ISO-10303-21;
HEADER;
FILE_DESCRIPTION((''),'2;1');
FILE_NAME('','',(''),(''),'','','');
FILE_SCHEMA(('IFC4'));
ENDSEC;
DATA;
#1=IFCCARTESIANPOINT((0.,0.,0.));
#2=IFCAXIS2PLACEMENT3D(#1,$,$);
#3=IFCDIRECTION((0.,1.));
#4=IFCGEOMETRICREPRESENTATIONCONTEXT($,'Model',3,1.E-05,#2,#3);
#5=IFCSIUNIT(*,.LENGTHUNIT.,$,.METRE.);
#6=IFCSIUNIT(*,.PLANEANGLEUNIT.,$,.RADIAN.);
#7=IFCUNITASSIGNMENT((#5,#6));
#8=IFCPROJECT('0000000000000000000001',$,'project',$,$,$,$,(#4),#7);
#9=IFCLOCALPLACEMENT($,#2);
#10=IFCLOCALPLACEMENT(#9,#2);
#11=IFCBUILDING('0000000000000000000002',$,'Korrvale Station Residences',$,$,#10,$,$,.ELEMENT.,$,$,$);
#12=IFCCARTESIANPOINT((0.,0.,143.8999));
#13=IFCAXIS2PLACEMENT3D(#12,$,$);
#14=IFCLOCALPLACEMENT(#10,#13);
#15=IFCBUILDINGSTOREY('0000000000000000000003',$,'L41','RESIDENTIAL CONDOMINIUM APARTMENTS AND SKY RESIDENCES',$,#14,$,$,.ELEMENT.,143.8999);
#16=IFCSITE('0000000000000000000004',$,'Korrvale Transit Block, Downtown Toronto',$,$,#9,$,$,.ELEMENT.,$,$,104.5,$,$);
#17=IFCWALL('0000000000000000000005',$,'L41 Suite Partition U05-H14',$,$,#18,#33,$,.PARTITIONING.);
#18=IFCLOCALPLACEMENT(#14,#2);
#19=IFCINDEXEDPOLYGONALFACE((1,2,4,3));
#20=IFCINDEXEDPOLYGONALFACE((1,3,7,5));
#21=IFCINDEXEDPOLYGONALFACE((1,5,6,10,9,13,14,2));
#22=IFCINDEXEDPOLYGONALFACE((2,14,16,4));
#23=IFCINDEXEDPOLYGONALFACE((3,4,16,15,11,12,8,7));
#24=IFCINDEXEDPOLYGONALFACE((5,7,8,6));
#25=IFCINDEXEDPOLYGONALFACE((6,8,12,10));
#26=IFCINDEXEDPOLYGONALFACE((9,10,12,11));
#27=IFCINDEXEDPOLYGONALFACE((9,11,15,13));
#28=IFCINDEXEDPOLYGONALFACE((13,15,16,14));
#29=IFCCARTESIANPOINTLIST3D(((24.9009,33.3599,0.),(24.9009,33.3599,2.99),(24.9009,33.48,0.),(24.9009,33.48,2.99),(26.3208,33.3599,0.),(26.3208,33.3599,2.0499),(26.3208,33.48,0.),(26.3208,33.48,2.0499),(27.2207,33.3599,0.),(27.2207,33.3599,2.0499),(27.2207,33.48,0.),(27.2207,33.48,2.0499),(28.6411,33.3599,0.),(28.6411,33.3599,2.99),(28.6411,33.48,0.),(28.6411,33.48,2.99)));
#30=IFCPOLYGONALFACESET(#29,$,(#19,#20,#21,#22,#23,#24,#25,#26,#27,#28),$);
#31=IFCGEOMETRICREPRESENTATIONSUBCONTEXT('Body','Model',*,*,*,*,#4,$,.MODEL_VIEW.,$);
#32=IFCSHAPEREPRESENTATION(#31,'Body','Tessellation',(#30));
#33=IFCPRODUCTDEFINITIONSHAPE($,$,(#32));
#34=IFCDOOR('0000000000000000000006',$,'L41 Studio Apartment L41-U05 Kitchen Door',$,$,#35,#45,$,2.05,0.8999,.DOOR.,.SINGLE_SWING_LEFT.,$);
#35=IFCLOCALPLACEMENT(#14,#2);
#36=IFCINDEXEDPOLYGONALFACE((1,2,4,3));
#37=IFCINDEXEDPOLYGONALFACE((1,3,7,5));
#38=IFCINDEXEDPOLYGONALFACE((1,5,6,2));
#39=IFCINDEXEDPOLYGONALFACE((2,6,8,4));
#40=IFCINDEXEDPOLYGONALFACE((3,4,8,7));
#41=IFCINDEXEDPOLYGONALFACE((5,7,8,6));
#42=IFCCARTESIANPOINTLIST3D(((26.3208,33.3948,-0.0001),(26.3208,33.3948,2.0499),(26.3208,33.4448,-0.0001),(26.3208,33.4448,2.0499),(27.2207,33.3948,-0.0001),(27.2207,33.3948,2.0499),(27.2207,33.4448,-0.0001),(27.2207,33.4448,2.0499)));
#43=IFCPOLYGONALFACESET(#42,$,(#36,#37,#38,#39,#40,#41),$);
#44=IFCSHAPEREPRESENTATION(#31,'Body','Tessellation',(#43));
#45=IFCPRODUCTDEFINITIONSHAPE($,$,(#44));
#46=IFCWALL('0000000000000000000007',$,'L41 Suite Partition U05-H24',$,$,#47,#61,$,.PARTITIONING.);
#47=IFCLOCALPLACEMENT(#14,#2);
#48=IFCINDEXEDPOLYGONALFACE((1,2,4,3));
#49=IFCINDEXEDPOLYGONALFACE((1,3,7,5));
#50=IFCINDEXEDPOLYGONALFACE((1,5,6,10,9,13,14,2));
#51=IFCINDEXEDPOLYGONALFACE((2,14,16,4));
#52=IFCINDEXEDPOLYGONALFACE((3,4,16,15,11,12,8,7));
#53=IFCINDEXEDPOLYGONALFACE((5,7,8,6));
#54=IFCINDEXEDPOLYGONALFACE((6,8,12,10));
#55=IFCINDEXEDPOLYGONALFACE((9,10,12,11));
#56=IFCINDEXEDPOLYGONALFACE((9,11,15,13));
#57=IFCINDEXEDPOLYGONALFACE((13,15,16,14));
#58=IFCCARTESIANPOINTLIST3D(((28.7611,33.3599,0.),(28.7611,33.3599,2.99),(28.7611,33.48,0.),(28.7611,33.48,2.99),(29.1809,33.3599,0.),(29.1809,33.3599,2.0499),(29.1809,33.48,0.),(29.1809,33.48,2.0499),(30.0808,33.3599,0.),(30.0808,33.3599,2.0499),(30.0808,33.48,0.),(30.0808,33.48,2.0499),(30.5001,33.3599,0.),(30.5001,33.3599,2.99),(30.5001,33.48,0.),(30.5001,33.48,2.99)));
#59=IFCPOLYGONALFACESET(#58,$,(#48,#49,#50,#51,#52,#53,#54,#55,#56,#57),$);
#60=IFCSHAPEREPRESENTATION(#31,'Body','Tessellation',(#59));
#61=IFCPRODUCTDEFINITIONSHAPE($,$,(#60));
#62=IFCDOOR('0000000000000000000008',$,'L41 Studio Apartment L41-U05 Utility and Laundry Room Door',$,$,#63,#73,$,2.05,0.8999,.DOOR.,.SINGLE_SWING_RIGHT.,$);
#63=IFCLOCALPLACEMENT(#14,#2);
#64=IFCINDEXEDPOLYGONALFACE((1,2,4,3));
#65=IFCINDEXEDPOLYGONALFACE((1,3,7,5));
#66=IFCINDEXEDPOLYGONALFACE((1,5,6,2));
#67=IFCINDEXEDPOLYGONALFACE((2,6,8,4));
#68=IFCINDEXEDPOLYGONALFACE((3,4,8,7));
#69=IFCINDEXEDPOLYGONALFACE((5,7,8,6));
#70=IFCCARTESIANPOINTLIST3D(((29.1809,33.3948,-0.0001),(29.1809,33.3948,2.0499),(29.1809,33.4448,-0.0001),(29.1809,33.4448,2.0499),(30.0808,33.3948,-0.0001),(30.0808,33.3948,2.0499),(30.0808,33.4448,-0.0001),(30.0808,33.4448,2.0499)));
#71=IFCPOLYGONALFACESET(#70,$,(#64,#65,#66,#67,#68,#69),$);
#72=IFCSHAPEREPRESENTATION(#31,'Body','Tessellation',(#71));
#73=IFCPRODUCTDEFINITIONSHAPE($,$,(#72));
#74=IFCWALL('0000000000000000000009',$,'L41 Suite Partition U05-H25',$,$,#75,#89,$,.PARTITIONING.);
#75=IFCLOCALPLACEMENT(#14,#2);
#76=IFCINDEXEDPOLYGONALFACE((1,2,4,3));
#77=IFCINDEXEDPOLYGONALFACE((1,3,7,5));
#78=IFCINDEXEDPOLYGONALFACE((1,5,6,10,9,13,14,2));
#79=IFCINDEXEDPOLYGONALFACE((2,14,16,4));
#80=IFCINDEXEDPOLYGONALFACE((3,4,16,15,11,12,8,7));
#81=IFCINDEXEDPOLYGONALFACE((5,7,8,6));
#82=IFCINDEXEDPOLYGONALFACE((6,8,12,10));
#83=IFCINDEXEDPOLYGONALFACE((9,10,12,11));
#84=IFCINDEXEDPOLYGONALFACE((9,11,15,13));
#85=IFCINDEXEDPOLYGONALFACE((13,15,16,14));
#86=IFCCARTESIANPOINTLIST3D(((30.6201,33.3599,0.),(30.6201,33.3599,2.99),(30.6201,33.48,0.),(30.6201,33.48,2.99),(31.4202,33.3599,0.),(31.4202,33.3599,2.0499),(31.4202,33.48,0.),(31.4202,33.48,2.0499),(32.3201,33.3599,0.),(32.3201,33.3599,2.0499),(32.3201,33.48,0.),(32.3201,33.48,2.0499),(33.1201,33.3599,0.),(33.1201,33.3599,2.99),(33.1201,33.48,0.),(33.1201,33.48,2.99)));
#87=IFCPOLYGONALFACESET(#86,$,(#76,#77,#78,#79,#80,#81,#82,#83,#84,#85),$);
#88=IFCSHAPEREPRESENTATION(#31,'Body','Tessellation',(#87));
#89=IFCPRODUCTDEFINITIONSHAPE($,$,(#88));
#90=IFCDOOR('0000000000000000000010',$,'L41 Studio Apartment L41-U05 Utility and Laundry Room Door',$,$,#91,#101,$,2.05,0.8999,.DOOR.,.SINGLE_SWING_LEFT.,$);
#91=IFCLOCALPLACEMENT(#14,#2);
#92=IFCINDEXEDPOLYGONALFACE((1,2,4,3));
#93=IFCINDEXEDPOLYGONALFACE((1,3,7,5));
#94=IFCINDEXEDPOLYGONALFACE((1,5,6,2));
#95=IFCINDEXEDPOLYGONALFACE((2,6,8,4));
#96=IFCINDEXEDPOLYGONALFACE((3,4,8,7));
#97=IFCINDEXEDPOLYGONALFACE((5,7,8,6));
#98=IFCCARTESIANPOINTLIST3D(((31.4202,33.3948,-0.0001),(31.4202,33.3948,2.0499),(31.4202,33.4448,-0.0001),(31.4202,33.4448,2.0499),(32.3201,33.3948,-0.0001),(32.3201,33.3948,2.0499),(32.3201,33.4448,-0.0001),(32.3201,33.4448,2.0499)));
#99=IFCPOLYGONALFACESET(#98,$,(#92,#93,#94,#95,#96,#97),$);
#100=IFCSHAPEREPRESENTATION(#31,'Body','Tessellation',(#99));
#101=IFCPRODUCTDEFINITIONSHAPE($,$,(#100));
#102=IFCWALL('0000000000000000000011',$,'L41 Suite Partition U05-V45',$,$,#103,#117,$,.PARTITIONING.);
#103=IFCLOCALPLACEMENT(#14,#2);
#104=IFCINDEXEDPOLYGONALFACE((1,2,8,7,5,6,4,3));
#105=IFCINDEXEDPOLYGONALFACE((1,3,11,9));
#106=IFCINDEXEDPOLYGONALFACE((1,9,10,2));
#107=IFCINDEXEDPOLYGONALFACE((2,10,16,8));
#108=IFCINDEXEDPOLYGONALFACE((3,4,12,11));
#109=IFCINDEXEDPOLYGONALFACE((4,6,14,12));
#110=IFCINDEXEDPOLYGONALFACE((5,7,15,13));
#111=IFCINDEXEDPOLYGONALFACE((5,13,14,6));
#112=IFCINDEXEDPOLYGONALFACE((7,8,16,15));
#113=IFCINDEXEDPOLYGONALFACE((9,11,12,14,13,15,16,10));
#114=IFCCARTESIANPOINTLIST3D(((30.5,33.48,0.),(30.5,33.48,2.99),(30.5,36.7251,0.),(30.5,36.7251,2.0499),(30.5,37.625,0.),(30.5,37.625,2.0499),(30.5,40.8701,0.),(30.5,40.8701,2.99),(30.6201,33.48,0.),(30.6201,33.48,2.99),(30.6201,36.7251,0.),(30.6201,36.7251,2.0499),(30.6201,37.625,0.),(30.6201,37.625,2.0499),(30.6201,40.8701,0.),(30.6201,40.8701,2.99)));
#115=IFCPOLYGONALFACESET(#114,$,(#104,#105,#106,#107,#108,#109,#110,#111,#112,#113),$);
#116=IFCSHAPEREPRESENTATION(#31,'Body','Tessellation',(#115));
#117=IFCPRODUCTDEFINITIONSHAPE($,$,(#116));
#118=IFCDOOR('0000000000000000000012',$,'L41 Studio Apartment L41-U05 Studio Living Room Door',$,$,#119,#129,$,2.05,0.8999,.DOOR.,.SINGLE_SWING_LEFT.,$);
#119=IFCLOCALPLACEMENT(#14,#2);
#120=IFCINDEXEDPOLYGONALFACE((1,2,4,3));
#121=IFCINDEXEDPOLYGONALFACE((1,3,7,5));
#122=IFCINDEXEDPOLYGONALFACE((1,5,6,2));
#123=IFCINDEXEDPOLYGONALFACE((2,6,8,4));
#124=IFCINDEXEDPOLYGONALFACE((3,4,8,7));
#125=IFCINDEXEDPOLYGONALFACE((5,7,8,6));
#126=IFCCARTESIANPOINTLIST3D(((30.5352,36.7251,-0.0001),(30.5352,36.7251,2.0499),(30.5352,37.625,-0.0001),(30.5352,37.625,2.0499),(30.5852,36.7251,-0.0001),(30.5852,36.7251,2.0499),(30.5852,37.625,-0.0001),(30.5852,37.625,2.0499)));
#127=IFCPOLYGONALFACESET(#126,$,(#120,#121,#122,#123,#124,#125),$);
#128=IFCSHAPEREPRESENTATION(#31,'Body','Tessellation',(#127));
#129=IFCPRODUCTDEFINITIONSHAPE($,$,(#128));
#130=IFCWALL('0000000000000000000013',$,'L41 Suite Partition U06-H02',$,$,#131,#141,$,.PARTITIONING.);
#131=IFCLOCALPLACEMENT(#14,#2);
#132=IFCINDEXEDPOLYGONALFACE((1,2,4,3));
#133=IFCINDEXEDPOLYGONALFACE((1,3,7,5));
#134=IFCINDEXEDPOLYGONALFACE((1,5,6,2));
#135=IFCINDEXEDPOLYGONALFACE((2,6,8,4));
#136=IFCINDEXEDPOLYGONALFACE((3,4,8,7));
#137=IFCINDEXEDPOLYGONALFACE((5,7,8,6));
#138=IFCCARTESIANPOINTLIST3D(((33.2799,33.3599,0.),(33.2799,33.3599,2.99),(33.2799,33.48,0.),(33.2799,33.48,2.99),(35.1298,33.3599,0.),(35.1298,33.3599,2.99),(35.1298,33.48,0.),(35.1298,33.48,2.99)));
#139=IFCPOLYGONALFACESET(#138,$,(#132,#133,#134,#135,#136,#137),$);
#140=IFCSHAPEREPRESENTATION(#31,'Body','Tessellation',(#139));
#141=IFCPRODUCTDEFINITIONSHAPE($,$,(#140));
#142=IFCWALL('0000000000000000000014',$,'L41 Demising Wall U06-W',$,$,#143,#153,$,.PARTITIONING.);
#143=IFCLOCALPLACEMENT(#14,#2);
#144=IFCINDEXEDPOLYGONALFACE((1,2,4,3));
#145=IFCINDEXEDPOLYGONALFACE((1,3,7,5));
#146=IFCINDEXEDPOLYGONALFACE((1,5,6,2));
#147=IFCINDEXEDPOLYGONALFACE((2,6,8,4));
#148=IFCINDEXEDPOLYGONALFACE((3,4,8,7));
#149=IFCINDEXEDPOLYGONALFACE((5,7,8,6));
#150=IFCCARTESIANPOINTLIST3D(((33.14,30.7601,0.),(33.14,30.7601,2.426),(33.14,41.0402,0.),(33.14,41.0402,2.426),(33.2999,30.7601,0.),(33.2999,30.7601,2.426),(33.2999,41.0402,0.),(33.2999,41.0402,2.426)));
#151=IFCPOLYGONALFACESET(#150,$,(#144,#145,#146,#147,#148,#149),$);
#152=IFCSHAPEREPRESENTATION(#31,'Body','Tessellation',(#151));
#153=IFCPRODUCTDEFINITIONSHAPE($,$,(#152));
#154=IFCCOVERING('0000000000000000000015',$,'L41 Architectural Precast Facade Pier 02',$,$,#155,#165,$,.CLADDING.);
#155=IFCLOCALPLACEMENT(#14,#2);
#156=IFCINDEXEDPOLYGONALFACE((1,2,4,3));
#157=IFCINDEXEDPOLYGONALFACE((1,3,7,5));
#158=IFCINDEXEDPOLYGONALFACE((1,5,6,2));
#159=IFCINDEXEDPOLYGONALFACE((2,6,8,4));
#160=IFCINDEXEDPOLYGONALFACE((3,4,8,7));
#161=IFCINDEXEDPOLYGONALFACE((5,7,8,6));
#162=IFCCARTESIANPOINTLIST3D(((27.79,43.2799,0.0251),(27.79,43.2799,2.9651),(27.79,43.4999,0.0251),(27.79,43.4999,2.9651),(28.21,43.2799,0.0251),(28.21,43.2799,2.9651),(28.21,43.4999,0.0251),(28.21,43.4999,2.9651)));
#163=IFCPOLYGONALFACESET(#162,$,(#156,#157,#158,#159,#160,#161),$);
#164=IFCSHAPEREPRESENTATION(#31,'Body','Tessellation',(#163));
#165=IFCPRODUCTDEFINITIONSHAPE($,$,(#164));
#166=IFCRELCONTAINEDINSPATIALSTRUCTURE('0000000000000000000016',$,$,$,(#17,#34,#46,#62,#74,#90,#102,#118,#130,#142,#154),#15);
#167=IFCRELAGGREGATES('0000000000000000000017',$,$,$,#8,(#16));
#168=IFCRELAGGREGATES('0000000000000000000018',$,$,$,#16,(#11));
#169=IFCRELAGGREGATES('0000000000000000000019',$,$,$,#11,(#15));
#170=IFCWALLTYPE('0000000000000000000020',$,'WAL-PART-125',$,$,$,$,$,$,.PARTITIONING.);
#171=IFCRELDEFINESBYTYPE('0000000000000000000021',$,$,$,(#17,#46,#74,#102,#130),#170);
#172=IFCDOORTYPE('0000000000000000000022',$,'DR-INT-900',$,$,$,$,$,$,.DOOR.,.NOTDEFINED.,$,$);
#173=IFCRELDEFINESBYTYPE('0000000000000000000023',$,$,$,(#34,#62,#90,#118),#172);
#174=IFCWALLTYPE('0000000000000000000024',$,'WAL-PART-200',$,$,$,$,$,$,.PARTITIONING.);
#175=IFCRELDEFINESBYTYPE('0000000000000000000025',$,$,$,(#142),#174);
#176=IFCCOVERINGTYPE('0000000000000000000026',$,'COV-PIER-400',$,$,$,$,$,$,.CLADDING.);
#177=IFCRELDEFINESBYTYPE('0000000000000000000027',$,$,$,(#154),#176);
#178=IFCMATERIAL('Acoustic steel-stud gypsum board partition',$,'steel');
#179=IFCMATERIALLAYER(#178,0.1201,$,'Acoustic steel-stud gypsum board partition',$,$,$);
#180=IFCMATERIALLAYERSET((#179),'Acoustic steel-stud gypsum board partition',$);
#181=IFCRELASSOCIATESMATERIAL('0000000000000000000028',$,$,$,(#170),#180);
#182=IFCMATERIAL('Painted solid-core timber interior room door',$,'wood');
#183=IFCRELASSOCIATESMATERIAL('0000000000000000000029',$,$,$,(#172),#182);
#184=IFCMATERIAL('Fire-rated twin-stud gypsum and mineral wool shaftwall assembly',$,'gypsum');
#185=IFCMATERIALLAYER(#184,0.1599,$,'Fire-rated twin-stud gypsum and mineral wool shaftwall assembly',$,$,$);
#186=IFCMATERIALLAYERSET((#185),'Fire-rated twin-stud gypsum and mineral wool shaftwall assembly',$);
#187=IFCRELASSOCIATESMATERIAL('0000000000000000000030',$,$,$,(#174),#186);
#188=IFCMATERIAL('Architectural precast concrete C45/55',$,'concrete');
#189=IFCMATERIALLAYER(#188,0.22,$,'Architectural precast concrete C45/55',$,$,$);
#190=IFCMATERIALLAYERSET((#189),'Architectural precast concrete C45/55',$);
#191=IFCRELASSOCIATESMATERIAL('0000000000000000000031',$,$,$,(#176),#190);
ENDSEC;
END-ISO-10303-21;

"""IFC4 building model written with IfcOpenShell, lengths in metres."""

from ifc_helpers import new_model, si_unit, direction, frame, frame_2d, origin, origin_2d, place, context, subcontext, project, spatial, rectangle, extrude, material, layer, layer_set, type_object, element, fill, save


model = new_model("IFC4")

# Units and contexts
model_context = context("Model", 3, precision=1e-05, world=origin(), true_north=direction((0.0, 1.0)))
body_context = subcontext(model_context, "Body", "Model", "MODEL_VIEW")
ifc_project = project(units=[si_unit("LENGTHUNIT", "METRE"), si_unit("PLANEANGLEUNIT", "RADIAN")], contexts=[model_context])

# Site, building, storey
site_placement = place(None, origin())
site = spatial("IfcSite", under=ifc_project, at=site_placement, Name="Korrvale Transit Block, Downtown Toronto", CompositionType="ELEMENT", RefElevation=104.5)
building_placement = place(site_placement, origin())
building = spatial("IfcBuilding", under=site, at=building_placement, Name="Korrvale Station Residences", CompositionType="ELEMENT")
storey_placement = place(building_placement, frame((0.0, 0.0, 143.8999)))
storey = spatial("IfcBuildingStorey", under=building, at=storey_placement, Name="L41", Description="RESIDENTIAL CONDOMINIUM APARTMENTS AND SKY RESIDENCES", CompositionType="ELEMENT", Elevation=143.8999)

# Walls, openings, doors
ifc_material_1 = material(Name="Acoustic steel-stud gypsum board partition", Category="steel")
ifc_layer_1 = layer(ifc_material_1, 0.1201, Name="Acoustic steel-stud gypsum board partition")
ifc_layer_set_1 = layer_set([ifc_layer_1], Name="Acoustic steel-stud gypsum board partition")
wall_type_1 = type_object("IfcWallType", Name="WAL-PART-125", PredefinedType="PARTITIONING", material=ifc_layer_set_1)
ifc_material_2 = material(Name="Painted solid-core timber interior room door", Category="wood")
door_type_1 = type_object("IfcDoorType", Name="DR-INT-900", OperationType="NOTDEFINED", PredefinedType="DOOR", material=ifc_material_2)
wall_1_placement = place(storey_placement, frame((24.9009, 33.4199, 0.0), z_axis=(0.0, 0.0, 1.0), x_axis=(1.0, 0.0, 0.0)))
wall_1 = element("IfcWall", 1, at=wall_1_placement, inside=storey, type_object=wall_type_1, Name="L41 Suite Partition U05-H14", PredefinedType="PARTITIONING", context=body_context, shape_type="SweptSolid", body=[
    extrude(rectangle(XDim=3.7402, YDim=0.1201, at=frame_2d((1.8701, 0.0))), origin(), (0.0, 0.0, 1.0), 2.99),
])
opening_1_placement = place(wall_1_placement, frame((1.4199, 0.0, 0.0)))
opening_1 = element("IfcOpeningElement", 2, at=opening_1_placement, cuts=wall_1, PredefinedType="OPENING", context=body_context, shape_type="SweptSolid", body=[
    extrude(rectangle(XDim=0.8999, YDim=2.05, at=frame_2d((0.45, 1.0249))), frame((0.0, 0.0701, 0.0), z_axis=(0.0, -1.0, 0.0), x_axis=(1.0, 0.0, 0.0)), (0.0, 0.0, 1.0), 0.1401),
])
door_1_placement = place(opening_1_placement, origin())
door_1 = element("IfcDoor", 3, at=door_1_placement, inside=storey, type_object=door_type_1, Name="L41 Studio Apartment L41-U05 Kitchen Door", OperationType="SINGLE_SWING_LEFT", OverallHeight=2.05, OverallWidth=0.8999, PredefinedType="DOOR", context=body_context, shape_type="SweptSolid", body=[
    extrude(rectangle(XDim=0.8999, YDim=2.05, at=frame_2d((0.45, 1.0249))), frame((0.0, 0.0249, 0.0), z_axis=(0.0, -1.0, 0.0), x_axis=(1.0, 0.0, 0.0)), (0.0, 0.0, 1.0), 0.05),
])
fill(opening_1, door_1)
wall_2_placement = place(storey_placement, frame((28.761, 33.4199, 0.0), z_axis=(0.0, 0.0, 1.0), x_axis=(1.0, 0.0, 0.0)))
wall_2 = element("IfcWall", 4, at=wall_2_placement, inside=storey, type_object=wall_type_1, Name="L41 Suite Partition U05-H24", PredefinedType="PARTITIONING", context=body_context, shape_type="SweptSolid", body=[
    extrude(rectangle(XDim=1.739, YDim=0.1201, at=frame_2d((0.8696, 0.0))), origin(), (0.0, 0.0, 1.0), 2.99),
])
opening_2_placement = place(wall_2_placement, frame((0.4199, 0.0, 0.0)))
opening_2 = element("IfcOpeningElement", 5, at=opening_2_placement, cuts=wall_2, PredefinedType="OPENING", context=body_context, shape_type="SweptSolid", body=[
    extrude(rectangle(XDim=0.8999, YDim=2.05, at=frame_2d((0.45, 1.0249))), frame((0.0, 0.0701, 0.0), z_axis=(0.0, -1.0, 0.0), x_axis=(1.0, 0.0, 0.0)), (0.0, 0.0, 1.0), 0.1401),
])
door_2_placement = place(opening_2_placement, origin())
door_2 = element("IfcDoor", 6, at=door_2_placement, inside=storey, type_object=door_type_1, Name="L41 Studio Apartment L41-U05 Utility and Laundry Room Door", OperationType="SINGLE_SWING_RIGHT", OverallHeight=2.05, OverallWidth=0.8999, PredefinedType="DOOR", context=body_context, shape_type="SweptSolid", body=[
    extrude(rectangle(XDim=0.8999, YDim=2.05, at=frame_2d((0.45, 1.0249))), frame((0.0, 0.0249, 0.0), z_axis=(0.0, -1.0, 0.0), x_axis=(1.0, 0.0, 0.0)), (0.0, 0.0, 1.0), 0.05),
])
fill(opening_2, door_2)
wall_3_placement = place(storey_placement, frame((30.6201, 33.4199, 0.0), z_axis=(0.0, 0.0, 1.0), x_axis=(1.0, 0.0, 0.0)))
wall_3 = element("IfcWall", 7, at=wall_3_placement, inside=storey, type_object=wall_type_1, Name="L41 Suite Partition U05-H25", PredefinedType="PARTITIONING", context=body_context, shape_type="SweptSolid", body=[
    extrude(rectangle(XDim=2.5, YDim=0.1201, at=frame_2d((1.25, 0.0))), origin(), (0.0, 0.0, 1.0), 2.99),
])
opening_3_placement = place(wall_3_placement, frame((0.8, 0.0, 0.0)))
opening_3 = element("IfcOpeningElement", 8, at=opening_3_placement, cuts=wall_3, PredefinedType="OPENING", context=body_context, shape_type="SweptSolid", body=[
    extrude(rectangle(XDim=0.8999, YDim=2.05, at=frame_2d((0.45, 1.0249))), frame((0.0, 0.0701, 0.0), z_axis=(0.0, -1.0, 0.0), x_axis=(1.0, 0.0, 0.0)), (0.0, 0.0, 1.0), 0.1401),
])
door_3_placement = place(opening_3_placement, origin())
door_3 = element("IfcDoor", 9, at=door_3_placement, inside=storey, type_object=door_type_1, Name="L41 Studio Apartment L41-U05 Utility and Laundry Room Door", OperationType="SINGLE_SWING_LEFT", OverallHeight=2.05, OverallWidth=0.8999, PredefinedType="DOOR", context=body_context, shape_type="SweptSolid", body=[
    extrude(rectangle(XDim=0.8999, YDim=2.05, at=frame_2d((0.45, 1.0249))), frame((0.0, 0.0249, 0.0), z_axis=(0.0, -1.0, 0.0), x_axis=(1.0, 0.0, 0.0)), (0.0, 0.0, 1.0), 0.05),
])
fill(opening_3, door_3)
wall_4_placement = place(storey_placement, frame((30.5601, 33.48, 0.0), z_axis=(0.0, 0.0, 1.0), x_axis=(0.0, 1.0, 0.0)))
wall_4 = element("IfcWall", 10, at=wall_4_placement, inside=storey, type_object=wall_type_1, Name="L41 Suite Partition U05-V45", PredefinedType="PARTITIONING", context=body_context, shape_type="SweptSolid", body=[
    extrude(rectangle(XDim=7.3901, YDim=0.1201, at=frame_2d((3.6951, 0.0))), origin(), (0.0, 0.0, 1.0), 2.99),
])
opening_4_placement = place(wall_4_placement, frame((3.2451, 0.0, 0.0)))
opening_4 = element("IfcOpeningElement", 11, at=opening_4_placement, cuts=wall_4, PredefinedType="OPENING", context=body_context, shape_type="SweptSolid", body=[
    extrude(rectangle(XDim=0.8999, YDim=2.05, at=frame_2d((0.45, 1.0249))), frame((0.0, 0.0701, 0.0), z_axis=(0.0, -1.0, 0.0), x_axis=(1.0, 0.0, 0.0)), (0.0, 0.0, 1.0), 0.1401),
])
door_4_placement = place(opening_4_placement, origin())
door_4 = element("IfcDoor", 12, at=door_4_placement, inside=storey, type_object=door_type_1, Name="L41 Studio Apartment L41-U05 Studio Living Room Door", OperationType="SINGLE_SWING_LEFT", OverallHeight=2.05, OverallWidth=0.8999, PredefinedType="DOOR", context=body_context, shape_type="SweptSolid", body=[
    extrude(rectangle(XDim=0.8999, YDim=2.05, at=frame_2d((0.45, 1.0249))), frame((0.0, 0.0249, 0.0), z_axis=(0.0, -1.0, 0.0), x_axis=(1.0, 0.0, 0.0)), (0.0, 0.0, 1.0), 0.05),
])
fill(opening_4, door_4)

# Walls
wall_5_placement = place(storey_placement, frame((33.28, 33.4199, 0.0), z_axis=(0.0, 0.0, 1.0), x_axis=(1.0, 0.0, 0.0)))
element("IfcWall", 13, at=wall_5_placement, inside=storey, type_object=wall_type_1, Name="L41 Suite Partition U06-H02", PredefinedType="PARTITIONING", context=body_context, shape_type="SweptSolid", body=[
    extrude(rectangle(XDim=1.8499, YDim=0.1201, at=frame_2d((0.9248, 0.0))), origin(), (0.0, 0.0, 1.0), 2.99),
])
ifc_material_3 = material(Name="Fire-rated twin-stud gypsum and mineral wool shaftwall assembly", Category="gypsum")
ifc_layer_2 = layer(ifc_material_3, 0.1599, Name="Fire-rated twin-stud gypsum and mineral wool shaftwall assembly")
ifc_layer_set_2 = layer_set([ifc_layer_2], Name="Fire-rated twin-stud gypsum and mineral wool shaftwall assembly")
wall_type_2 = type_object("IfcWallType", Name="WAL-PART-200", PredefinedType="PARTITIONING", material=ifc_layer_set_2)
wall_6_placement = place(storey_placement, frame((33.22, 30.76, 0.0), z_axis=(0.0, 0.0, 1.0), x_axis=(0.0, 1.0, 0.0)))
element("IfcWall", 14, at=wall_6_placement, inside=storey, type_object=wall_type_2, Name="L41 Demising Wall U06-W", PredefinedType="PARTITIONING", context=body_context, shape_type="SweptSolid", body=[
    extrude(rectangle(XDim=10.28, YDim=0.1599, at=frame_2d((5.1401, 0.0))), origin(), (0.0, 0.0, 1.0), 2.426),
])

# Covering
ifc_material_4 = material(Name="Architectural precast concrete C45/55", Category="concrete")
ifc_layer_3 = layer(ifc_material_4, 0.22, Name="Architectural precast concrete C45/55")
ifc_layer_set_3 = layer_set([ifc_layer_3], Name="Architectural precast concrete C45/55")
covering_type = type_object("IfcCoveringType", Name="COV-PIER-400", PredefinedType="CLADDING", material=ifc_layer_set_3)
covering_placement = place(storey_placement, frame((28.0, 43.3899, 0.0251), z_axis=(0.0, 0.0, 1.0), x_axis=(1.0, 0.0, 0.0)))
element("IfcCovering", 15, at=covering_placement, inside=storey, type_object=covering_type, Name="L41 Architectural Precast Facade Pier 02", PredefinedType="CLADDING", context=body_context, shape_type="SweptSolid", body=[
    extrude(rectangle(XDim=0.4199, YDim=0.22, at=origin_2d()), origin(), (0.0, 0.0, 1.0), 2.9399),
])

save(model, "model.ifc")
